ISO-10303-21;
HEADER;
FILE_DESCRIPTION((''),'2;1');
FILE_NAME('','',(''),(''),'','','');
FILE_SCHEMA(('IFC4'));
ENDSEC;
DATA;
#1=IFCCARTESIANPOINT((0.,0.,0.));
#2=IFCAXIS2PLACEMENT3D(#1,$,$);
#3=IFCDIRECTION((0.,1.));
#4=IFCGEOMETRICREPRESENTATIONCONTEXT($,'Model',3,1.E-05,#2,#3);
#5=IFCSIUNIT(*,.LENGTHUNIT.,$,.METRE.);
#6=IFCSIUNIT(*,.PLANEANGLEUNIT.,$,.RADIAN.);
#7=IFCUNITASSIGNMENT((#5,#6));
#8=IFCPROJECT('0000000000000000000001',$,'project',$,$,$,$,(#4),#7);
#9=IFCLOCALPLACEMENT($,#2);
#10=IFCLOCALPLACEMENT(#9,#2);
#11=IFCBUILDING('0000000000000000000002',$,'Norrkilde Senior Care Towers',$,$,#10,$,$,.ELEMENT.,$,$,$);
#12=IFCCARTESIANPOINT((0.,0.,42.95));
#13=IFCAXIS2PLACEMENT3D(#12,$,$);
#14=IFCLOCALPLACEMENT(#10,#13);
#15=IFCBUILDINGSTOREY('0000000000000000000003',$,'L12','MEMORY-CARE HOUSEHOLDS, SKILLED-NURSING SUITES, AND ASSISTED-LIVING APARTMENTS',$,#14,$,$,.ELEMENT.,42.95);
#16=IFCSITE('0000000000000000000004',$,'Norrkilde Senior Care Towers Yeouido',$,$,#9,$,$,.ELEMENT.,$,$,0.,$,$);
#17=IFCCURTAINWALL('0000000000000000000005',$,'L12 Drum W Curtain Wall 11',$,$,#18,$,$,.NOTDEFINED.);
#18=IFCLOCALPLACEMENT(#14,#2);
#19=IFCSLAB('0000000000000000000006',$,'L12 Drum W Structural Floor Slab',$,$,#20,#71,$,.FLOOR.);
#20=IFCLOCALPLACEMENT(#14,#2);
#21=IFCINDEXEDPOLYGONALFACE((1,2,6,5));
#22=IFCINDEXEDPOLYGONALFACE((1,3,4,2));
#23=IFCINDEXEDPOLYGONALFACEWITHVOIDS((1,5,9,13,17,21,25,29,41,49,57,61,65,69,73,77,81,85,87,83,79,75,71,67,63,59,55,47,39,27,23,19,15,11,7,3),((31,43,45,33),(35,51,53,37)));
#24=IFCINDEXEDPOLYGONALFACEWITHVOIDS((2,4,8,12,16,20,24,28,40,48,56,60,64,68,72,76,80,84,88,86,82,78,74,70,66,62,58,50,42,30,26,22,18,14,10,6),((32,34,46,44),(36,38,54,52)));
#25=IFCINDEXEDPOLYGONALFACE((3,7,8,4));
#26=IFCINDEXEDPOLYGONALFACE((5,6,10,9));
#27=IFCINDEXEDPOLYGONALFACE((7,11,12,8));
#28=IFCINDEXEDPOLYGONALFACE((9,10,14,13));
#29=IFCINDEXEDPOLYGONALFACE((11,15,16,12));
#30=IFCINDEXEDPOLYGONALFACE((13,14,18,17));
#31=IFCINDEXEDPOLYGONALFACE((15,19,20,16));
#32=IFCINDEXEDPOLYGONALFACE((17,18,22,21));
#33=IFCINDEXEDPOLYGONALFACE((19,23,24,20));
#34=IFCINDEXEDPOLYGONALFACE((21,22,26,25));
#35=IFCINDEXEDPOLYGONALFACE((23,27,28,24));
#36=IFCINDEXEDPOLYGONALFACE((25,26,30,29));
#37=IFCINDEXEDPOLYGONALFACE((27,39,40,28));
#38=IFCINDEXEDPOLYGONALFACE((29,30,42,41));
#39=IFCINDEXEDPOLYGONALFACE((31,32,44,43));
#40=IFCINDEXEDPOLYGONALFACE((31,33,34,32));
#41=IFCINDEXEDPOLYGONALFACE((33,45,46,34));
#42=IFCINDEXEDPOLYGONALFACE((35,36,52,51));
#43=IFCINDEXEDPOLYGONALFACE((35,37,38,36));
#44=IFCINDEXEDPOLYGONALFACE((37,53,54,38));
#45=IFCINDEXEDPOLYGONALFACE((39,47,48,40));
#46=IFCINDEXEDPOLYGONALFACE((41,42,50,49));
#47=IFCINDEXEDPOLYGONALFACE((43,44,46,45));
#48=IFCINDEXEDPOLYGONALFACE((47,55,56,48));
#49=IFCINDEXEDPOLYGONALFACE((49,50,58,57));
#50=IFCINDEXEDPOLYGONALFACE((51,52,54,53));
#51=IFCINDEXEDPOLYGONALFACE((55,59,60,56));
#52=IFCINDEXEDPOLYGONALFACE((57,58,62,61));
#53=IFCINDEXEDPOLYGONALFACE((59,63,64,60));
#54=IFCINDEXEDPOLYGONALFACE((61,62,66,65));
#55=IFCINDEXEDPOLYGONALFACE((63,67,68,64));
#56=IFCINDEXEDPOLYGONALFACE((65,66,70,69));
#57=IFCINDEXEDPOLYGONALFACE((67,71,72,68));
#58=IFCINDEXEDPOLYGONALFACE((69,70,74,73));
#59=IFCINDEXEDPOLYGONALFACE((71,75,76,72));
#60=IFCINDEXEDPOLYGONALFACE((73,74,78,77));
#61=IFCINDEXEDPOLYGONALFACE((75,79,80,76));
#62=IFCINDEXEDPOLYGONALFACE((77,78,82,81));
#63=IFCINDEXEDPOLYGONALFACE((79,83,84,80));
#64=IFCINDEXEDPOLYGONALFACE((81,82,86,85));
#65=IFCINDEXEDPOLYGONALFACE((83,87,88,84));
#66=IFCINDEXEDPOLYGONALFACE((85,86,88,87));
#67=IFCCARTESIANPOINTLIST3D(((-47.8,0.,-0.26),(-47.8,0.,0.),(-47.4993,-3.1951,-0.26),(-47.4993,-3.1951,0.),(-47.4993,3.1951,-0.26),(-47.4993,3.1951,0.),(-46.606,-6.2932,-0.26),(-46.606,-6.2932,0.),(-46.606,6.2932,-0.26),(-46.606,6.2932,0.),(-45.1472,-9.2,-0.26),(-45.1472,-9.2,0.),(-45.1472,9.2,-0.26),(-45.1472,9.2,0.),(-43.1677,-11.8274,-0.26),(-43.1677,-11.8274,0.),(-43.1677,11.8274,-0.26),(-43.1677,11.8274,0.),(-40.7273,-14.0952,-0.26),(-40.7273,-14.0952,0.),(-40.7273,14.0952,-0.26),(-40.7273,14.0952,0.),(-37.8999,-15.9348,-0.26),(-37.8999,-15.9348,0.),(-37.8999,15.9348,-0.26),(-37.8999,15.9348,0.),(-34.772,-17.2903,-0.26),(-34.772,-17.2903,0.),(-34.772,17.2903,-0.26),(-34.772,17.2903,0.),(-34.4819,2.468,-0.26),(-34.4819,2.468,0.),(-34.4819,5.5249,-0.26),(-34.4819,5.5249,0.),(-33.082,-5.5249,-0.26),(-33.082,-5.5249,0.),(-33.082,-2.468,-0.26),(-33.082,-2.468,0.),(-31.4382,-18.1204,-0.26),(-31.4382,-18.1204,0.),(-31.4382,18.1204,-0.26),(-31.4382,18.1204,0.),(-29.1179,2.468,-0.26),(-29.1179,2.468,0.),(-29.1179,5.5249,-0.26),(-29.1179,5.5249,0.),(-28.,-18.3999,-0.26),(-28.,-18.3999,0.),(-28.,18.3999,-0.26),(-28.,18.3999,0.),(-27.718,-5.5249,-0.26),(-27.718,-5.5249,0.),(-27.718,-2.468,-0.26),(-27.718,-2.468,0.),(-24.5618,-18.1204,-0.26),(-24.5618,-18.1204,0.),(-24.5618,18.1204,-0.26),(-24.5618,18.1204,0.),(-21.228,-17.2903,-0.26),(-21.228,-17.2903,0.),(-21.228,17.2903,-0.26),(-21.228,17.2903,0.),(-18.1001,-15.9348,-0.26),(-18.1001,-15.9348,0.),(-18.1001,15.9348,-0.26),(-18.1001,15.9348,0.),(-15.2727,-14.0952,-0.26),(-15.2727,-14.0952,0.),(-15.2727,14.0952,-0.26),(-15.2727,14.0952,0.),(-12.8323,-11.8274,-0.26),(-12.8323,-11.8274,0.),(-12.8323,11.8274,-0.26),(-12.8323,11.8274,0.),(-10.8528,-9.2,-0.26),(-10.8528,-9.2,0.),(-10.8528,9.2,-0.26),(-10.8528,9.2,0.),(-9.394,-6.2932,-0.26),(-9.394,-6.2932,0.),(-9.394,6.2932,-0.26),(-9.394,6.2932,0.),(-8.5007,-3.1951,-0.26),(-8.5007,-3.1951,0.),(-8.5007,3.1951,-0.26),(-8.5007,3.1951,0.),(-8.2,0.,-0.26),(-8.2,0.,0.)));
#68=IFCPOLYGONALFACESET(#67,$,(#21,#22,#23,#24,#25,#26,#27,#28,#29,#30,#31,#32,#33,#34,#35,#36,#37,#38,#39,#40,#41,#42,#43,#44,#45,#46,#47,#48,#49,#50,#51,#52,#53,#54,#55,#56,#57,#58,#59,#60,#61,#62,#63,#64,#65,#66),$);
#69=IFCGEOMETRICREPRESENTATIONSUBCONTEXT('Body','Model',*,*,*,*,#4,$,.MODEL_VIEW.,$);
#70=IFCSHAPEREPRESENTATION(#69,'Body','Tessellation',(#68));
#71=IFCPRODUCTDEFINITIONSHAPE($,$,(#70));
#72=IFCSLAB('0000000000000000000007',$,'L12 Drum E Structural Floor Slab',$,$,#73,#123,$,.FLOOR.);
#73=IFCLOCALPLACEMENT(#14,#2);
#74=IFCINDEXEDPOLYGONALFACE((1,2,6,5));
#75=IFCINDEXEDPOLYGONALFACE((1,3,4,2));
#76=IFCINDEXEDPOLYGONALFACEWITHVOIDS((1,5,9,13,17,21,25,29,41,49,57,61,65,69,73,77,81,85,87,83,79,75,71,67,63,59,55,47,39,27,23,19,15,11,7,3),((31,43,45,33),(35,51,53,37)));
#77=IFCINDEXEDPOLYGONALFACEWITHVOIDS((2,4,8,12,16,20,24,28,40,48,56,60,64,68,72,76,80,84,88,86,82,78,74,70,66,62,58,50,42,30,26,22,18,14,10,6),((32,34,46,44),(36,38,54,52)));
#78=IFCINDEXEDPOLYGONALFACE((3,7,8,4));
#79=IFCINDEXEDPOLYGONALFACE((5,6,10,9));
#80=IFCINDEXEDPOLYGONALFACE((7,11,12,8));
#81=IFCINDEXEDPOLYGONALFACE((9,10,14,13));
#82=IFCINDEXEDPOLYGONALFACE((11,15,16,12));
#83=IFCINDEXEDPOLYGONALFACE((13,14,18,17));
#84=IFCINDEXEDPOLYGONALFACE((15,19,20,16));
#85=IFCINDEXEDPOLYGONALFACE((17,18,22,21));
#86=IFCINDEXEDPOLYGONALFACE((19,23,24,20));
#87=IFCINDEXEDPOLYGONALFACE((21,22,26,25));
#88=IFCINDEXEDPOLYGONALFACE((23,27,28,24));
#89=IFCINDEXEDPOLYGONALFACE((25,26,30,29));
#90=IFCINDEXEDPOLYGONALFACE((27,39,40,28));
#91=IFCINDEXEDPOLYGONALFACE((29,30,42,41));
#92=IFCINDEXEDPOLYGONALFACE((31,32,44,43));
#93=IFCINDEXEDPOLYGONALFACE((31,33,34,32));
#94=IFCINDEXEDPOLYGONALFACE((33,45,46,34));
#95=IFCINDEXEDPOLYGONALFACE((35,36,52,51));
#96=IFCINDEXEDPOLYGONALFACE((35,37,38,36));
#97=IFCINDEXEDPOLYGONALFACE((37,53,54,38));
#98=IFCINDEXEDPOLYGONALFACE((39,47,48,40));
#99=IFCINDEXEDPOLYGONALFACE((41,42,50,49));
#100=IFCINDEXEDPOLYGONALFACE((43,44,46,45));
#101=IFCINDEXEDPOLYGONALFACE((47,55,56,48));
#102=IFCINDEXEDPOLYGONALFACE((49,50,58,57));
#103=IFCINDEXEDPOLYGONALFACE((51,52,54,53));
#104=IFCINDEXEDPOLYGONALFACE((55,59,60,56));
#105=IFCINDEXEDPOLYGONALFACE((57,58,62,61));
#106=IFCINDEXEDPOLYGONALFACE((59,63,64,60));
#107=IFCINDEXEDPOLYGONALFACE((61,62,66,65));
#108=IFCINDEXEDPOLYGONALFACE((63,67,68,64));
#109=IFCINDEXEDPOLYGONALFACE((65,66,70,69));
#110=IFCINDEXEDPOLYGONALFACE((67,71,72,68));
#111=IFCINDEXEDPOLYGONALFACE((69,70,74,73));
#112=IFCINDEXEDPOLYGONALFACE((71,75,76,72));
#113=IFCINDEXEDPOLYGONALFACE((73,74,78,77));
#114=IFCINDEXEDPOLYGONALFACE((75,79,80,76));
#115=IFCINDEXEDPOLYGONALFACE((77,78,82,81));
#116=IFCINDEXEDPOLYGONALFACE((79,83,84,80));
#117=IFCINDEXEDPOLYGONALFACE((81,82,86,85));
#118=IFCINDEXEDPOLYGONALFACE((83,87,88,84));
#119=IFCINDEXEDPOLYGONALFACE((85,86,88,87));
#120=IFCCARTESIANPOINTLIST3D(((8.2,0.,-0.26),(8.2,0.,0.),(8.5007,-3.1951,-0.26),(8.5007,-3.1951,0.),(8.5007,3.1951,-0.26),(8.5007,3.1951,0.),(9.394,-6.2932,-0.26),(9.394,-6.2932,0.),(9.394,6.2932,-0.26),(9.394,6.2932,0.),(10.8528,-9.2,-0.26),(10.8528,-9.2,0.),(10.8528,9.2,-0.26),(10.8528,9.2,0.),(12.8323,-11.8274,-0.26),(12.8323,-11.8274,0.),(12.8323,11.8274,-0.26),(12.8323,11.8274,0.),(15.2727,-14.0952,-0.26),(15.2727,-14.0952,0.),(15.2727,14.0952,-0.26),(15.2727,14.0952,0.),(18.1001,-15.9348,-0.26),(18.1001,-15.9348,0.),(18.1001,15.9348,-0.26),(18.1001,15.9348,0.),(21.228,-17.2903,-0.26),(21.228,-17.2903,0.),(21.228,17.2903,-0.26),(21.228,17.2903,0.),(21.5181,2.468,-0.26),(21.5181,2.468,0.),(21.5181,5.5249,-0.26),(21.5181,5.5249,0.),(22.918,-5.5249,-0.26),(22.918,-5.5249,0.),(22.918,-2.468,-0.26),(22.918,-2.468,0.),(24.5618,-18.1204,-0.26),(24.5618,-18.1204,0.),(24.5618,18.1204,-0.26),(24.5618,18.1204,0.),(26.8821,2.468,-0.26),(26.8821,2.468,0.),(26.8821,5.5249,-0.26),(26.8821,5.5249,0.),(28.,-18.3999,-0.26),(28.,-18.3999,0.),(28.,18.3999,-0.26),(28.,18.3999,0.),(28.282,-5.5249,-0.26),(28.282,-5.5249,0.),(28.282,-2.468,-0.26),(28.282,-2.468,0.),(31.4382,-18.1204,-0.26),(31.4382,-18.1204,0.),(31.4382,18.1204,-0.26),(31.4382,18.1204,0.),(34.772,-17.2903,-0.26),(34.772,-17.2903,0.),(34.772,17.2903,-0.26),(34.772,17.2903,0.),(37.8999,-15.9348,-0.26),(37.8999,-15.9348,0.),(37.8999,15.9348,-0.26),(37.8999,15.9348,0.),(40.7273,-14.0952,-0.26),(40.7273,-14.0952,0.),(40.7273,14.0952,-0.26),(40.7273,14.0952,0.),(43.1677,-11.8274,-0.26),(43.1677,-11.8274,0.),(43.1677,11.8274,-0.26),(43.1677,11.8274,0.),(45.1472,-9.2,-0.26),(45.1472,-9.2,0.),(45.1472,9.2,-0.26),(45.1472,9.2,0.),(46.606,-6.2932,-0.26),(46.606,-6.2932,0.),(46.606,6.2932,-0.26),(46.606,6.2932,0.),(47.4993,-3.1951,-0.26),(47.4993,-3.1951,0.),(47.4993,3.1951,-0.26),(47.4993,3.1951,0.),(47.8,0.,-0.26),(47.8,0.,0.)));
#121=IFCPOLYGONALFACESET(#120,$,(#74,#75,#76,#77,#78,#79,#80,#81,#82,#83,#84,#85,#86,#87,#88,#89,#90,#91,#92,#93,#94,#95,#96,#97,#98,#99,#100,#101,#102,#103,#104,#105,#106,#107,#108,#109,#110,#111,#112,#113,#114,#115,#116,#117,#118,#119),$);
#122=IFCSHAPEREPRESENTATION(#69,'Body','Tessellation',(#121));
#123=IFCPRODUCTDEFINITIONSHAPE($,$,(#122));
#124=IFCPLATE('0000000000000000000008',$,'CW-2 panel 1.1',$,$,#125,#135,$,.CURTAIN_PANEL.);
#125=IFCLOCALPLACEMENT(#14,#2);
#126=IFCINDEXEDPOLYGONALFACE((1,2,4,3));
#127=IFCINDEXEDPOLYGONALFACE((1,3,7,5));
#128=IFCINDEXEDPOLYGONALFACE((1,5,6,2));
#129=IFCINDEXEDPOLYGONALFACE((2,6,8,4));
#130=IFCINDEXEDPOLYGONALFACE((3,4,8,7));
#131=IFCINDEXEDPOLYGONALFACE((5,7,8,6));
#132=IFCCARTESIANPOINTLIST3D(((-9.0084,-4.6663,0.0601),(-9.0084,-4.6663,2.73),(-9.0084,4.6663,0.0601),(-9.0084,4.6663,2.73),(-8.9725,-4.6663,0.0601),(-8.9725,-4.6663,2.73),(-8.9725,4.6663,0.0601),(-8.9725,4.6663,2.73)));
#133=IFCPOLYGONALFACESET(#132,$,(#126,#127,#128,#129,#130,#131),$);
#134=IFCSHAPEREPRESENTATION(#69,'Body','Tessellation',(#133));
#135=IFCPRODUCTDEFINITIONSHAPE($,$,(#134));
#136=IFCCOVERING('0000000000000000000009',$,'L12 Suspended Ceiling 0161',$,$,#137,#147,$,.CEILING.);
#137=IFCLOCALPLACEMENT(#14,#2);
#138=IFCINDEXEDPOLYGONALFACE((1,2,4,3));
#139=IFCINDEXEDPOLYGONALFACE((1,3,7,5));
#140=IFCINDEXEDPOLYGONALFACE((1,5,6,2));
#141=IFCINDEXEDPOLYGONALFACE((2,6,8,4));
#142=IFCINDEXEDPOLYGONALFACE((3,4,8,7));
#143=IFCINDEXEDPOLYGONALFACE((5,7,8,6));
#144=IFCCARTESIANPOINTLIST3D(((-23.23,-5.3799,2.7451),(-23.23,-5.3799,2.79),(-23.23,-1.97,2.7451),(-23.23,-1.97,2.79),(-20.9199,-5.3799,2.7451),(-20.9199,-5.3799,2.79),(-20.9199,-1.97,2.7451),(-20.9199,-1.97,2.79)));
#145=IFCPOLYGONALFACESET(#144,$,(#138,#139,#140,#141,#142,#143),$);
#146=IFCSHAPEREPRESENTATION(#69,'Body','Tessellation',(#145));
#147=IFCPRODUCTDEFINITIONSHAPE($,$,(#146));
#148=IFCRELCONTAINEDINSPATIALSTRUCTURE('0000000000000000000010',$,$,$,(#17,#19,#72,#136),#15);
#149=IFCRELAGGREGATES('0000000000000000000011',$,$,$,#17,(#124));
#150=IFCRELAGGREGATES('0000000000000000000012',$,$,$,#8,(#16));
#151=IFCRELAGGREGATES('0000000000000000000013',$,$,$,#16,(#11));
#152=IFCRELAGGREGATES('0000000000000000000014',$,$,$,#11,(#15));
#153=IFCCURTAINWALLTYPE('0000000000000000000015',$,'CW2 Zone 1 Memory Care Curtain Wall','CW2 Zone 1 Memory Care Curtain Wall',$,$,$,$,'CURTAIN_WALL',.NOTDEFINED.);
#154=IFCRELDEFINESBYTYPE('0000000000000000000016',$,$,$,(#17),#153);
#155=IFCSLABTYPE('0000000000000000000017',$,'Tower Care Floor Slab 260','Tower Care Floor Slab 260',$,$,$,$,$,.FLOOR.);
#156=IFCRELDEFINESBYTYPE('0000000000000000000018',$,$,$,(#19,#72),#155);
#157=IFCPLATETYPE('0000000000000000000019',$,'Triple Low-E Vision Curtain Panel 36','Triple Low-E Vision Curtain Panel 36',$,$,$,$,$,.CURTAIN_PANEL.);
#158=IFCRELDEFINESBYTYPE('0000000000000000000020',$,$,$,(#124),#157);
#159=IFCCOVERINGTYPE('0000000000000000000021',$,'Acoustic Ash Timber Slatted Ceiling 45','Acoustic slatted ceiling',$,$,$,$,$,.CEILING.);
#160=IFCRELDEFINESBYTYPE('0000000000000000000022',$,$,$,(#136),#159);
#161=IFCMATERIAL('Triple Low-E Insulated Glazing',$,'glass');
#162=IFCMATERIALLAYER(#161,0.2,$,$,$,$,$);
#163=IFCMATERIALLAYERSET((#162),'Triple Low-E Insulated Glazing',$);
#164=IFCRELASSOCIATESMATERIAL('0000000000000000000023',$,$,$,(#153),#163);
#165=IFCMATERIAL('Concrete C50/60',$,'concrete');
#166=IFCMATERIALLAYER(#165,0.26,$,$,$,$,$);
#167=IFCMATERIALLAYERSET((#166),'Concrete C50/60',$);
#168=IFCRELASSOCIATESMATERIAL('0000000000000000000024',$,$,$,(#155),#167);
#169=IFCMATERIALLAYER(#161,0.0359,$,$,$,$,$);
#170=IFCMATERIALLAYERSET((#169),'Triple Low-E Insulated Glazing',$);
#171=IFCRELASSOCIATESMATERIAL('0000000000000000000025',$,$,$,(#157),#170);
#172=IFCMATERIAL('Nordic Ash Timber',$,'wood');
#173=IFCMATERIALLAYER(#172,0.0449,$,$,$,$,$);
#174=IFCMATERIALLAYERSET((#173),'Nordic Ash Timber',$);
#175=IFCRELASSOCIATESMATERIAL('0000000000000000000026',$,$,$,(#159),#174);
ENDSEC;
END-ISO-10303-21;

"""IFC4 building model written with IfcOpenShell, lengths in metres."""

from ifc_helpers import new_model, si_unit, direction, frame, origin, origin_2d, place, context, subcontext, project, spatial, polyline, rectangle, outline, extrude, source, transform, mapped, material, layer, layer_set, type_object, type_shapes, element, aggregate, save


model = new_model("IFC4")

# Units and contexts
model_context = context("Model", 3, precision=1e-05, world=origin(), true_north=direction((0.0, 1.0)))
body_context = subcontext(model_context, "Body", "Model", "MODEL_VIEW")
ifc_project = project(units=[si_unit("LENGTHUNIT", "METRE"), si_unit("PLANEANGLEUNIT", "RADIAN")], contexts=[model_context])

# Site, building, storey
site_placement = place(None, origin())
site = spatial("IfcSite", under=ifc_project, at=site_placement, Name="Norrkilde Senior Care Towers Yeouido", CompositionType="ELEMENT", RefElevation=0.0)
building_placement = place(site_placement, origin())
building = spatial("IfcBuilding", under=site, at=building_placement, Name="Norrkilde Senior Care Towers", CompositionType="ELEMENT")
storey_placement = place(building_placement, frame((0.0, 0.0, 42.95)))
storey = spatial("IfcBuildingStorey", under=building, at=storey_placement, Name="L12", Description="MEMORY-CARE HOUSEHOLDS, SKILLED-NURSING SUITES, AND ASSISTED-LIVING APARTMENTS", CompositionType="ELEMENT", Elevation=42.95)

# Curtain wall
ifc_material_1 = material(Name="Triple Low-E Insulated Glazing", Category="glass")
ifc_layer_1 = layer(ifc_material_1, 0.2)
ifc_layer_set_1 = layer_set([ifc_layer_1], Name="Triple Low-E Insulated Glazing")
curtain_wall_type = type_object("IfcCurtainWallType", Name="CW2 Zone 1 Memory Care Curtain Wall", Description="CW2 Zone 1 Memory Care Curtain Wall", ElementType="CURTAIN_WALL", PredefinedType="NOTDEFINED", material=ifc_layer_set_1)
curtain_wall_1_placement = place(storey_placement, origin())
curtain_wall_1 = element("IfcCurtainWall", 1, at=curtain_wall_1_placement, inside=storey, type_object=curtain_wall_type, Name="L12 Drum W Curtain Wall 11", PredefinedType="NOTDEFINED")

# Shared definitions
ifc_material_2 = material(Name="Concrete C50/60", Category="concrete")

# Slabs
ifc_layer_2 = layer(ifc_material_2, 0.26)
ifc_layer_set_2 = layer_set([ifc_layer_2], Name="Concrete C50/60")
slab_type_1 = type_object("IfcSlabType", Name="Tower Care Floor Slab 260", Description="Tower Care Floor Slab 260", PredefinedType="FLOOR", material=ifc_layer_set_2)
slab_1_placement = place(storey_placement, frame((0.0, 0.0, -0.26)))
element("IfcSlab", 2, at=slab_1_placement, inside=storey, type_object=slab_type_1, Name="L12 Drum W Structural Floor Slab", PredefinedType="FLOOR", context=body_context, shape_type="SweptSolid", body=[
    extrude(outline(polyline([(-9.394, -6.2932), (-10.8528, -9.2), (-12.8323, -11.8274), (-15.2727, -14.0952), (-18.1001, -15.9348), (-21.228, -17.2903), (-24.5618, -18.1204), (-28.0, -18.3999), (-31.4382, -18.1204), (-34.772, -17.2903), (-37.8999, -15.9348), (-40.7273, -14.0952), (-43.1677, -11.8274), (-45.1472, -9.2), (-46.606, -6.2932), (-47.4993, -3.1951), (-47.8, 0.0), (-47.4993, 3.1951), (-46.606, 6.2932), (-45.1472, 9.2), (-43.1677, 11.8274), (-40.7273, 14.0952), (-37.8999, 15.9348), (-34.772, 17.2903), (-31.4382, 18.1204), (-28.0, 18.3999), (-24.5618, 18.1204), (-21.228, 17.2903), (-18.1001, 15.9348), (-15.2727, 14.0952), (-12.8323, 11.8274), (-10.8528, 9.2), (-9.394, 6.2932), (-8.5007, 3.1951), (-8.2, 0.0), (-8.5007, -3.1951), (-9.394, -6.2932)]), holes=[polyline([(-34.4819, 2.468), (-29.1179, 2.468), (-29.1179, 5.5249), (-34.4819, 5.5249), (-34.4819, 2.468)]), polyline([(-27.718, -5.5249), (-27.718, -2.468), (-33.082, -2.468), (-33.082, -5.5249), (-27.718, -5.5249)])]), origin(), (0.0, 0.0, 1.0), 0.26),
])
slab_2_placement = place(storey_placement, frame((0.0, 0.0, -0.26)))
element("IfcSlab", 3, at=slab_2_placement, inside=storey, type_object=slab_type_1, Name="L12 Drum E Structural Floor Slab", PredefinedType="FLOOR", context=body_context, shape_type="SweptSolid", body=[
    extrude(outline(polyline([(46.606, -6.2932), (45.1472, -9.2), (43.1677, -11.8274), (40.7273, -14.0952), (37.8999, -15.9348), (34.772, -17.2903), (31.4382, -18.1204), (28.0, -18.3999), (24.5618, -18.1204), (21.228, -17.2903), (18.1001, -15.9348), (15.2727, -14.0952), (12.8323, -11.8274), (10.8528, -9.2), (9.394, -6.2932), (8.5007, -3.1951), (8.2, 0.0), (8.5007, 3.1951), (9.394, 6.2932), (10.8528, 9.2), (12.8323, 11.8274), (15.2727, 14.0952), (18.1001, 15.9348), (21.228, 17.2903), (24.5618, 18.1204), (28.0, 18.3999), (31.4382, 18.1204), (34.772, 17.2903), (37.8999, 15.9348), (40.7273, 14.0952), (43.1677, 11.8274), (45.1472, 9.2), (46.606, 6.2932), (47.4993, 3.1951), (47.8, 0.0), (47.4993, -3.1951), (46.606, -6.2932)]), holes=[polyline([(21.5181, 2.468), (26.8821, 2.468), (26.8821, 5.5249), (21.5181, 5.5249), (21.5181, 2.468)]), polyline([(28.282, -5.5249), (28.282, -2.468), (22.918, -2.468), (22.918, -5.5249), (28.282, -5.5249)])]), origin(), (0.0, 0.0, 1.0), 0.26),
])

# Plate
ifc_layer_3 = layer(ifc_material_1, 0.0359)
ifc_layer_set_3 = layer_set([ifc_layer_3], Name="Triple Low-E Insulated Glazing")
plate_type = type_object("IfcPlateType", Name="Triple Low-E Vision Curtain Panel 36", Description="Triple Low-E Vision Curtain Panel 36", PredefinedType="CURTAIN_PANEL", material=ifc_layer_set_3)
shared_shape_1 = source(origin(), body_context, "Body", "SweptSolid", [
    extrude(rectangle(XDim=9.3325, YDim=0.0359, at=origin_2d()), origin(), (0.0, 0.0, 1.0), 2.6699),
])
type_shapes(plate_type, [shared_shape_1])
plate_placement = place(storey_placement, frame((-8.9905, 0.0, 0.0601), z_axis=(0.0, 0.0, 1.0), x_axis=(0.0, -1.0, 0.0)))
plate = element("IfcPlate", 4, at=plate_placement, type_object=plate_type, Name="CW-2 panel 1.1", PredefinedType="CURTAIN_PANEL", context=body_context, shape_type="MappedRepresentation", body=[
    mapped(shared_shape_1, transform((0.0, 0.0, 0.0), x_axis=(1.0, 0.0, 0.0), y_axis=(0.0, 1.0, 0.0), z_axis=(0.0, 0.0, 1.0), scale=1.0)),
])
aggregate(curtain_wall_1, [plate])

# Covering
ifc_material_3 = material(Name="Nordic Ash Timber", Category="wood")
ifc_layer_4 = layer(ifc_material_3, 0.0449)
ifc_layer_set_4 = layer_set([ifc_layer_4], Name="Nordic Ash Timber")
covering_type_1 = type_object("IfcCoveringType", Name="Acoustic Ash Timber Slatted Ceiling 45", Description="Acoustic slatted ceiling", PredefinedType="CEILING", material=ifc_layer_set_4)
covering_1_placement = place(storey_placement, frame((0.0, 0.0, 2.7451)))
element("IfcCovering", 5, at=covering_1_placement, inside=storey, type_object=covering_type_1, Name="L12 Suspended Ceiling 0161", PredefinedType="CEILING", context=body_context, shape_type="SweptSolid", body=[
    extrude(outline(polyline([(-20.9199, -5.3799), (-23.23, -5.3799), (-23.23, -1.97), (-20.9199, -1.97), (-20.9199, -5.3799)])), origin(), (0.0, 0.0, 1.0), 0.0449),
])

save(model, "model.ifc")
